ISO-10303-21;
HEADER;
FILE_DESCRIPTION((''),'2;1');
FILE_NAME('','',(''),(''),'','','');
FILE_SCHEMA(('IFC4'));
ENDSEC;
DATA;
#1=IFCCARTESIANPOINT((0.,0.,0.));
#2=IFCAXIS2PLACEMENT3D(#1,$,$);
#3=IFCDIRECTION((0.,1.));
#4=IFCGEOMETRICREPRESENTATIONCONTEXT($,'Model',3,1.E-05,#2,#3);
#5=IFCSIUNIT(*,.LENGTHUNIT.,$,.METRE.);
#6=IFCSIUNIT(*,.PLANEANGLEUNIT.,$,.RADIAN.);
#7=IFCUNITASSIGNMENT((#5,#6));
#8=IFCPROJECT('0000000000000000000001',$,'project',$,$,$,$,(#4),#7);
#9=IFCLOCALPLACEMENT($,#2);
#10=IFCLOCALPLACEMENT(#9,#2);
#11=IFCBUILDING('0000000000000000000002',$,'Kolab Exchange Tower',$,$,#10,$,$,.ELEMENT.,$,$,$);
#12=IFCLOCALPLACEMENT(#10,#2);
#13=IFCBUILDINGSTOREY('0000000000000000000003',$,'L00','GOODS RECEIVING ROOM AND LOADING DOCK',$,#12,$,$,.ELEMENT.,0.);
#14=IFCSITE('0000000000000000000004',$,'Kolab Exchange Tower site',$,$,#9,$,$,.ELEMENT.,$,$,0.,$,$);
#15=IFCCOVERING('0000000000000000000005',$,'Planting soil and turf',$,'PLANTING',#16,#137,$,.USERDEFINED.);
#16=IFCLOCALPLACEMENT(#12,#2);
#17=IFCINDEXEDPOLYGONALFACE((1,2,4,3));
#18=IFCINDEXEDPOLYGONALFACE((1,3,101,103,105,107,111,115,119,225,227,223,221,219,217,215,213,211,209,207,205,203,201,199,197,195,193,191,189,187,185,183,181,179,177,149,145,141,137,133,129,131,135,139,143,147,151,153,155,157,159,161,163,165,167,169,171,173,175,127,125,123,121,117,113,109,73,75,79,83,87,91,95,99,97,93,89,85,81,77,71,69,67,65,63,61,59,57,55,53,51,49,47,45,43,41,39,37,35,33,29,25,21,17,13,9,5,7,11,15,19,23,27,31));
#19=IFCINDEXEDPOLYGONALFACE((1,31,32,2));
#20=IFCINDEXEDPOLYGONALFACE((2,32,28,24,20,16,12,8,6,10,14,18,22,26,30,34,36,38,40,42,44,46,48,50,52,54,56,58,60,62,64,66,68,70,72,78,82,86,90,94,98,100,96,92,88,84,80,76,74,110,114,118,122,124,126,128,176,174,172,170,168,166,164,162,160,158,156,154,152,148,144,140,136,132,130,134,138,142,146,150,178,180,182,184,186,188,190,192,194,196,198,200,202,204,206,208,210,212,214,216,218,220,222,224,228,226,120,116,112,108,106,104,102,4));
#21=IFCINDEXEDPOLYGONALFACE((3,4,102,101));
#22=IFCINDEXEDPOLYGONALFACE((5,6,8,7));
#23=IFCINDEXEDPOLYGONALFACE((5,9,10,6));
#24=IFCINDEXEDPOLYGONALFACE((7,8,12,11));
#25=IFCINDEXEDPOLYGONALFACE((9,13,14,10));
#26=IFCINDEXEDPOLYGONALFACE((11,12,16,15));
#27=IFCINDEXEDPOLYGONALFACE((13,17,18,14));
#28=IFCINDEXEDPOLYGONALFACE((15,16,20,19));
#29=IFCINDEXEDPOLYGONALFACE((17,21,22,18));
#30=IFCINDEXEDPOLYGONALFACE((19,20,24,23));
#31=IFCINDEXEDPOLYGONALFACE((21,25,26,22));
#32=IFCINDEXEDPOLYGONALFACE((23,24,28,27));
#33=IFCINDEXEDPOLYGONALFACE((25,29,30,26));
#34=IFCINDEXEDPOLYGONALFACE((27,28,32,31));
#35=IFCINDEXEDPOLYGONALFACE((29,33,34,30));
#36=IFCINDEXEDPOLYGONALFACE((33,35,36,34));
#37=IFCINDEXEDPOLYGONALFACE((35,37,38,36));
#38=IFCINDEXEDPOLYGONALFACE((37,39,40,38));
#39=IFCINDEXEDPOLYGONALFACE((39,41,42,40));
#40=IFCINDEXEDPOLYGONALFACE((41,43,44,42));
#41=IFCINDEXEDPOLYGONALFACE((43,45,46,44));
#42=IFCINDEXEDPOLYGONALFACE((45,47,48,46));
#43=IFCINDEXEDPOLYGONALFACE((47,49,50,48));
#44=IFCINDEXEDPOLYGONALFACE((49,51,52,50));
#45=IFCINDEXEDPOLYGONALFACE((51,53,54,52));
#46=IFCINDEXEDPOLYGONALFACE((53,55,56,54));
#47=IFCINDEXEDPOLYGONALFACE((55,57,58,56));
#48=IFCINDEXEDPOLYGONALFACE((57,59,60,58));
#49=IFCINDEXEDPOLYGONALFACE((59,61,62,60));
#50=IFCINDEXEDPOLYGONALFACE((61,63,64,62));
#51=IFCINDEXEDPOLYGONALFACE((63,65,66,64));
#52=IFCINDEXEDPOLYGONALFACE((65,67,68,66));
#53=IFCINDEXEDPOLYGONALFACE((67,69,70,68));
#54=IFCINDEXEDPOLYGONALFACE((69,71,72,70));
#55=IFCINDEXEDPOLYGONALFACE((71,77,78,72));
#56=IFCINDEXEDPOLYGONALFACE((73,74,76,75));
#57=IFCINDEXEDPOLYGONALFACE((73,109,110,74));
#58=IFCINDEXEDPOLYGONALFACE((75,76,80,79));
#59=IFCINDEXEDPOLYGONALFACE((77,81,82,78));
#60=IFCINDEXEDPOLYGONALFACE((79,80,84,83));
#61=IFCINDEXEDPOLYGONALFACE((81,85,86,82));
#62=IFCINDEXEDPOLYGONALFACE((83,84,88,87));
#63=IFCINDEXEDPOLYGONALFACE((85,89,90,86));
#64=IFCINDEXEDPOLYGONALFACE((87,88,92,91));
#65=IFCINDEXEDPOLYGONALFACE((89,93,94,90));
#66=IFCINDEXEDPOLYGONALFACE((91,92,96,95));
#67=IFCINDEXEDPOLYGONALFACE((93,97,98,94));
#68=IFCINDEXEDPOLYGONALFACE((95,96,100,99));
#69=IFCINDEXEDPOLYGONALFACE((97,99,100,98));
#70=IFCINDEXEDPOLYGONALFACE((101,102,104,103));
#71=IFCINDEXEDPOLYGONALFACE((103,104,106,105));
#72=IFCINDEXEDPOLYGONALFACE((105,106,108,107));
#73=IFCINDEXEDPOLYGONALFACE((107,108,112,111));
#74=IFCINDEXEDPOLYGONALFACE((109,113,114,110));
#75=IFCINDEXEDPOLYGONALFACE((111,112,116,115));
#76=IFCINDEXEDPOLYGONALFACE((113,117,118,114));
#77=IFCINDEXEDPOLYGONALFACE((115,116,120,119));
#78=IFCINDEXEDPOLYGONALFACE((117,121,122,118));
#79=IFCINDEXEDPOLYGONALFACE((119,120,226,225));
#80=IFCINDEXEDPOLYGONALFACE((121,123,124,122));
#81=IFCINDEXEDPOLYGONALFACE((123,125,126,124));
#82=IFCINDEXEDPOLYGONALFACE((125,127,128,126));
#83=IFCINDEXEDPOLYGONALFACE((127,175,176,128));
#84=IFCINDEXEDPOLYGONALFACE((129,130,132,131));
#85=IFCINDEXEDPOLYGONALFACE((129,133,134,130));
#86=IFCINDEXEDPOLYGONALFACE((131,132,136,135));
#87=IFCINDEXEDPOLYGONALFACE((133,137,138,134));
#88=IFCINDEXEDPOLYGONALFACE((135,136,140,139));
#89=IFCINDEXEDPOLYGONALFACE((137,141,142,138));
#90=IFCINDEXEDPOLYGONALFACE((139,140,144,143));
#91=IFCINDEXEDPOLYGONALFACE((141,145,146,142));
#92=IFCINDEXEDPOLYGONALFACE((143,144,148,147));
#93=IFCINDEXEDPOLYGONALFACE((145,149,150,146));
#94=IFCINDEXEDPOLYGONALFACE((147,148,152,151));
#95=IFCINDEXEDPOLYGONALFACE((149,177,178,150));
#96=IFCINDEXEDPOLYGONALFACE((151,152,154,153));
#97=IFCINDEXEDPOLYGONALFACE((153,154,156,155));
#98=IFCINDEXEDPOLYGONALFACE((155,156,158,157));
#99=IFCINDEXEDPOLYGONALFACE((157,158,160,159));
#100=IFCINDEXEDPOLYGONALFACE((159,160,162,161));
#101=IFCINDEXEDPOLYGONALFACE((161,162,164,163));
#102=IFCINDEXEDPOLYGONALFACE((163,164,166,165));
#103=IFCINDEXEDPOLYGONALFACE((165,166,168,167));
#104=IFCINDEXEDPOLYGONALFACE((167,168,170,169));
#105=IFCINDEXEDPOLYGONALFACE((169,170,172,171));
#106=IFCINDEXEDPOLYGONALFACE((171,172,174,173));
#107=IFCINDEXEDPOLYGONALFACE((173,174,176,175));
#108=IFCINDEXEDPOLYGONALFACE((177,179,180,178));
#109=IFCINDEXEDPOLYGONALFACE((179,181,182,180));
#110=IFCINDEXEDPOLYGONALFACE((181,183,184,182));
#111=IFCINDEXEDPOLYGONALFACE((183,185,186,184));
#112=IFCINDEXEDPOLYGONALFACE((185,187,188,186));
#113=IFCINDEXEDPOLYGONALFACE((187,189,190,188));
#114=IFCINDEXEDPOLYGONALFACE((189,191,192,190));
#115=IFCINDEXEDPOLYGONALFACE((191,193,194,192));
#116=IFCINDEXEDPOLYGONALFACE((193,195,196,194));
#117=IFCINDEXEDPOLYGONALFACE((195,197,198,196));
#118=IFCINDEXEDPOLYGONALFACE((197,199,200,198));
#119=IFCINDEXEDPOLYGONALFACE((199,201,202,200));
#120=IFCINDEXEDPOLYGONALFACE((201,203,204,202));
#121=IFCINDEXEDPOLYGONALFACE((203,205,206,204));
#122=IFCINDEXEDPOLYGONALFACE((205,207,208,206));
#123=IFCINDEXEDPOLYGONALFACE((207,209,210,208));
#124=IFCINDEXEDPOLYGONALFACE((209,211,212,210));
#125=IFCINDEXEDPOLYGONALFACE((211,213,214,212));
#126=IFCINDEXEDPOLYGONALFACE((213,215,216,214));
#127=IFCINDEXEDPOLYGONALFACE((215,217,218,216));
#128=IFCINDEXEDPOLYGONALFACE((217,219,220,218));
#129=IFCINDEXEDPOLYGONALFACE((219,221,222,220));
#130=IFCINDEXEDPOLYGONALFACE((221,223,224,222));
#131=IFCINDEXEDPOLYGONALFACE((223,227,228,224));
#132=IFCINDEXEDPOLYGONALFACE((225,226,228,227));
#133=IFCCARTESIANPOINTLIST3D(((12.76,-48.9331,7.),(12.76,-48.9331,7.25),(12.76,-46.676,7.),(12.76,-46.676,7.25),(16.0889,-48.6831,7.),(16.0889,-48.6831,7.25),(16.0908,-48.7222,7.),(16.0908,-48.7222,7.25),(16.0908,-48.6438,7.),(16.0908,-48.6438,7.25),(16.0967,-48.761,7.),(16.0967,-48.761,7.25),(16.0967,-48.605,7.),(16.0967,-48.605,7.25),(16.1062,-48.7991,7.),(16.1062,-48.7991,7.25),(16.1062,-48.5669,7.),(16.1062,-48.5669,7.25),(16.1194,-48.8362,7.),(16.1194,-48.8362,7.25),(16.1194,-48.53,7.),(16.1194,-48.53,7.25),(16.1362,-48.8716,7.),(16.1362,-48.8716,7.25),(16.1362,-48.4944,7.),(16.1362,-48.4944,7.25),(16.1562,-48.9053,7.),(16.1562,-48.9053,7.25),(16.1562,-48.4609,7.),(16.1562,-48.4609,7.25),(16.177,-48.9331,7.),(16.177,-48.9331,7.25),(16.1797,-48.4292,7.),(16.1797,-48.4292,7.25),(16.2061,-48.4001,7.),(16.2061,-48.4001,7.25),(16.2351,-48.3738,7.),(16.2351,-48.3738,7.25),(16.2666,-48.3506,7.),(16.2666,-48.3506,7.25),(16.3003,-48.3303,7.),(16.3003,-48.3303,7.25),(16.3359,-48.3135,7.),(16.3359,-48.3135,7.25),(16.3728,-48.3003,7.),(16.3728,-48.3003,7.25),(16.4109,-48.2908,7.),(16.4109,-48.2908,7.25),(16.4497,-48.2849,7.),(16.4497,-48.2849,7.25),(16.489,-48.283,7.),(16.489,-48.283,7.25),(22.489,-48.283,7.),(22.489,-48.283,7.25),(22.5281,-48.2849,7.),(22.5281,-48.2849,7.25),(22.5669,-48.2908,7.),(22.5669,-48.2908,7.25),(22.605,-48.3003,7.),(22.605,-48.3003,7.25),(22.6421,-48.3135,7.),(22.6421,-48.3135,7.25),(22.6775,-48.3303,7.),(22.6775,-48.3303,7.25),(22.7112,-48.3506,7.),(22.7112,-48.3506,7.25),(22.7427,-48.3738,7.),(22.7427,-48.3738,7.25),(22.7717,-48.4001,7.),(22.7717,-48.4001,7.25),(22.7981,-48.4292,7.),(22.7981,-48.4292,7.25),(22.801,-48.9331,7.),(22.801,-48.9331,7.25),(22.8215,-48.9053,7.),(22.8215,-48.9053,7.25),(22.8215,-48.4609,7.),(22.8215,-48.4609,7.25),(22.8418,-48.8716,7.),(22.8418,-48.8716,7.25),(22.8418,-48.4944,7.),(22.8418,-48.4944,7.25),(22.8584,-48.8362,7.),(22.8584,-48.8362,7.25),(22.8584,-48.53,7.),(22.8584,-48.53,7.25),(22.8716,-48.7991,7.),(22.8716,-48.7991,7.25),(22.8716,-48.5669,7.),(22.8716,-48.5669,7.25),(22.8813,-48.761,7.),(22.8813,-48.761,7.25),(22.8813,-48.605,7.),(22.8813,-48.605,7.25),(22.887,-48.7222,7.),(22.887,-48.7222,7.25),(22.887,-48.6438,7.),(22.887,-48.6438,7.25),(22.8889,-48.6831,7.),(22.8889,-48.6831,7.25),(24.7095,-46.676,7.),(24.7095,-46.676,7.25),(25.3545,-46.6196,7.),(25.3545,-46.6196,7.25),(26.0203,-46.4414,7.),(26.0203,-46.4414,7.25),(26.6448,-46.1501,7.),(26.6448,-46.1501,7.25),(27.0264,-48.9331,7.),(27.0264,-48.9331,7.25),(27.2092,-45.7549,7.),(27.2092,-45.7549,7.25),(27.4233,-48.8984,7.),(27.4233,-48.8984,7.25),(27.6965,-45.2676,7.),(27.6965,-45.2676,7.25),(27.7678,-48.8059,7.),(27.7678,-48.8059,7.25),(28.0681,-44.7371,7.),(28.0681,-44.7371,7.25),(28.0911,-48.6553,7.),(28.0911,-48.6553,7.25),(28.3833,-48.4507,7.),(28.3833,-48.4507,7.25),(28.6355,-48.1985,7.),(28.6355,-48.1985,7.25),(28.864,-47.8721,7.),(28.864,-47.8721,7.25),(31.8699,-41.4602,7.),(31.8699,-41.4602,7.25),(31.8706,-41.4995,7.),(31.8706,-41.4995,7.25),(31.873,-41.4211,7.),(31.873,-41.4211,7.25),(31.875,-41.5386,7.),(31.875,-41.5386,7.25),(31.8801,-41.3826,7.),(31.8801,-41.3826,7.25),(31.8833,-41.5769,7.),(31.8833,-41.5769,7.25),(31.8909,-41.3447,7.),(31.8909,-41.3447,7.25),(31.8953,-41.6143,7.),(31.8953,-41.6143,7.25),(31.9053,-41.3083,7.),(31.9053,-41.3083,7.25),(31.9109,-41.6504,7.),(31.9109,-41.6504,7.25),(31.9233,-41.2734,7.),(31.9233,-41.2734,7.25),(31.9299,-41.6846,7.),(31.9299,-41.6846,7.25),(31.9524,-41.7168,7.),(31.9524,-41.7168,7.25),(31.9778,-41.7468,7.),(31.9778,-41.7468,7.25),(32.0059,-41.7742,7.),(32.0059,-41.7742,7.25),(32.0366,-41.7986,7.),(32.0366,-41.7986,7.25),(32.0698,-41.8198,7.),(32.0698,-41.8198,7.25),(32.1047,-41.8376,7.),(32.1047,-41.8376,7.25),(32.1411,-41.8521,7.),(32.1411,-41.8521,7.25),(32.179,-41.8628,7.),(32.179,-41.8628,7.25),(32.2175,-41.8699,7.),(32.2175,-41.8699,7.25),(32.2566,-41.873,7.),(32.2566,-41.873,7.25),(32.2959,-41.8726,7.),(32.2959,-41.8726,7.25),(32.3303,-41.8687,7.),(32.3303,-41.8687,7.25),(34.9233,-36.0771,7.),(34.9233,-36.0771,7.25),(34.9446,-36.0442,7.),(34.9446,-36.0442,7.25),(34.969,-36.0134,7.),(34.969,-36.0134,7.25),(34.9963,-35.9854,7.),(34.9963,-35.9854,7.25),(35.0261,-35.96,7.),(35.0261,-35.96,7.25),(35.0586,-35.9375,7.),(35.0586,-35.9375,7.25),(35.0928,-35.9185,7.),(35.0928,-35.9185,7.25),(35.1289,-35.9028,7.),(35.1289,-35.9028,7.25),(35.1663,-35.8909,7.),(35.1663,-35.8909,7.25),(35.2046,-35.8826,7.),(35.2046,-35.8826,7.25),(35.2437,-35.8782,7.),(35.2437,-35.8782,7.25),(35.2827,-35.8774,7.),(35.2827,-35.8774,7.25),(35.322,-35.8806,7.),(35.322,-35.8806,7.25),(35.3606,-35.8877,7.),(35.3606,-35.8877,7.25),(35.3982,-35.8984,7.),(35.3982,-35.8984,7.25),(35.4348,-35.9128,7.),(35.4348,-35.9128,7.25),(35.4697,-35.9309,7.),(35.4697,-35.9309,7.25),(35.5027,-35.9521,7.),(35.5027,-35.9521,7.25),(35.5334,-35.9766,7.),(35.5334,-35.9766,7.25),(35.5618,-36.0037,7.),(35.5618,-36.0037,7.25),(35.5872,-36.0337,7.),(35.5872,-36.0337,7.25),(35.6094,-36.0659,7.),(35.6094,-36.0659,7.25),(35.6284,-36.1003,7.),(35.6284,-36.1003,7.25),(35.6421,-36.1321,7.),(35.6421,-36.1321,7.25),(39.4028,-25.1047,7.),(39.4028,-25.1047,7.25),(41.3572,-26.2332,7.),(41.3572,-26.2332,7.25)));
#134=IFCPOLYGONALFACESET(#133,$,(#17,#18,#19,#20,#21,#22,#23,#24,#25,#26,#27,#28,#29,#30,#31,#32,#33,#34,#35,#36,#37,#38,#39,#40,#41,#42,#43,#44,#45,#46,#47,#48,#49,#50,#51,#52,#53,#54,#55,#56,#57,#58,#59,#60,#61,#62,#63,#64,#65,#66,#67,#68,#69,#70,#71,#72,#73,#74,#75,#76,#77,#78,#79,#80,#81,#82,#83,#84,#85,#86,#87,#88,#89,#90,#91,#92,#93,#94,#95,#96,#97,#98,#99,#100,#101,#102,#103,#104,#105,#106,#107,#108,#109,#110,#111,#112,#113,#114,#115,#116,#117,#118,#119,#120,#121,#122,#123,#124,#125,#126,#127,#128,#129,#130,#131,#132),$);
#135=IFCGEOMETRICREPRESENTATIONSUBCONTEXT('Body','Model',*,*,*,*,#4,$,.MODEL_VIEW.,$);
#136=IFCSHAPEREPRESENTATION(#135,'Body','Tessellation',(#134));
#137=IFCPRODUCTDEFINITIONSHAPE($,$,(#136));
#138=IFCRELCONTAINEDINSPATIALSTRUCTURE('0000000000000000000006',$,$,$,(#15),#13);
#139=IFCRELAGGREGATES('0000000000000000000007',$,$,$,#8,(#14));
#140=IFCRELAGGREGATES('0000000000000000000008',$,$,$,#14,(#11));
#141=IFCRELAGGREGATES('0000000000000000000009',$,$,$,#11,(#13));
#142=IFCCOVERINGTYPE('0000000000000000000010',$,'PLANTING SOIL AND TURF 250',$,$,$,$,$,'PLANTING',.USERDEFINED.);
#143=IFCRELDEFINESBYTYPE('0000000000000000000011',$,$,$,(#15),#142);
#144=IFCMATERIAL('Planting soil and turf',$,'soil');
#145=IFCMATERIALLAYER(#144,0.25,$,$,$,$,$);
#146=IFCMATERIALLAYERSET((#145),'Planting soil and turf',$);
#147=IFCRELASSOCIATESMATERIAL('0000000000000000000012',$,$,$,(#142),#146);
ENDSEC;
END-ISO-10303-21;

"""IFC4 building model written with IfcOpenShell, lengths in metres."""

from ifc_helpers import new_model, si_unit, direction, frame, origin, place, context, subcontext, project, spatial, polyline, outline, extrude, material, layer, layer_set, type_object, element, save


model = new_model("IFC4")

# Units and contexts
model_context = context("Model", 3, precision=1e-05, world=origin(), true_north=direction((0.0, 1.0)))
body_context = subcontext(model_context, "Body", "Model", "MODEL_VIEW")
ifc_project = project(units=[si_unit("LENGTHUNIT", "METRE"), si_unit("PLANEANGLEUNIT", "RADIAN")], contexts=[model_context])

# Site, building, storey
site_placement = place(None, origin())
site = spatial("IfcSite", under=ifc_project, at=site_placement, Name="Kolab Exchange Tower site", CompositionType="ELEMENT", RefElevation=0.0)
building_placement = place(site_placement, origin())
building = spatial("IfcBuilding", under=site, at=building_placement, Name="Kolab Exchange Tower", CompositionType="ELEMENT")
storey_placement = place(building_placement, origin())
storey = spatial("IfcBuildingStorey", under=building, at=storey_placement, Name="L00", Description="GOODS RECEIVING ROOM AND LOADING DOCK", CompositionType="ELEMENT", Elevation=0.0)

# Covering
ifc_material_1 = material(Name="Planting soil and turf", Category="soil")
ifc_layer_1 = layer(ifc_material_1, 0.25)
ifc_layer_set_1 = layer_set([ifc_layer_1], Name="Planting soil and turf")
covering_type_1 = type_object("IfcCoveringType", Name="PLANTING SOIL AND TURF 250", ElementType="PLANTING", PredefinedType="USERDEFINED", material=ifc_layer_set_1)
covering_1_placement = place(storey_placement, frame((0.0, 0.0, 7.0)))
element("IfcCovering", 1, at=covering_1_placement, inside=storey, type_object=covering_type_1, Name="Planting soil and turf", ObjectType="PLANTING", PredefinedType="USERDEFINED", context=body_context, shape_type="SweptSolid", body=[
    extrude(outline(polyline([(24.7095, -46.676), (25.3545, -46.6196), (26.0203, -46.4414), (26.6448, -46.1501), (27.2092, -45.7549), (27.6965, -45.2676), (28.0681, -44.7371), (39.4028, -25.1047), (41.3572, -26.2332), (35.6421, -36.1321), (35.6284, -36.1003), (35.6094, -36.0659), (35.5872, -36.0337), (35.5618, -36.0037), (35.5334, -35.9766), (35.5027, -35.9521), (35.4697, -35.9309), (35.4348, -35.9128), (35.3982, -35.8984), (35.3606, -35.8877), (35.322, -35.8806), (35.2827, -35.8774), (35.2437, -35.8782), (35.2046, -35.8826), (35.1663, -35.8909), (35.1289, -35.9028), (35.0928, -35.9185), (35.0586, -35.9375), (35.0261, -35.96), (34.9963, -35.9854), (34.969, -36.0134), (34.9446, -36.0442), (34.9233, -36.0771), (31.9233, -41.2734), (31.9053, -41.3083), (31.8909, -41.3447), (31.8801, -41.3826), (31.873, -41.4211), (31.8699, -41.4602), (31.8706, -41.4995), (31.875, -41.5386), (31.8833, -41.5769), (31.8953, -41.6143), (31.9109, -41.6504), (31.9299, -41.6846), (31.9524, -41.7168), (31.9778, -41.7468), (32.0059, -41.7742), (32.0366, -41.7986), (32.0698, -41.8198), (32.1047, -41.8376), (32.1411, -41.8521), (32.179, -41.8628), (32.2175, -41.8699), (32.2566, -41.873), (32.2959, -41.8726), (32.3303, -41.8687), (28.864, -47.8721), (28.6355, -48.1985), (28.3833, -48.4507), (28.0911, -48.6553), (27.7678, -48.8059), (27.4233, -48.8984), (27.0264, -48.9331), (22.801, -48.9331), (22.8215, -48.9053), (22.8418, -48.8716), (22.8584, -48.8362), (22.8716, -48.7991), (22.8813, -48.761), (22.887, -48.7222), (22.8889, -48.6831), (22.887, -48.6438), (22.8813, -48.605), (22.8716, -48.5669), (22.8584, -48.53), (22.8418, -48.4944), (22.8215, -48.4609), (22.7981, -48.4292), (22.7717, -48.4001), (22.7427, -48.3738), (22.7112, -48.3506), (22.6775, -48.3303), (22.6421, -48.3135), (22.605, -48.3003), (22.5669, -48.2908), (22.5281, -48.2849), (22.489, -48.283), (16.489, -48.283), (16.4497, -48.2849), (16.4109, -48.2908), (16.3728, -48.3003), (16.3359, -48.3135), (16.3003, -48.3303), (16.2666, -48.3506), (16.2351, -48.3738), (16.2061, -48.4001), (16.1797, -48.4292), (16.1562, -48.4609), (16.1362, -48.4944), (16.1194, -48.53), (16.1062, -48.5669), (16.0967, -48.605), (16.0908, -48.6438), (16.0889, -48.6831), (16.0908, -48.7222), (16.0967, -48.761), (16.1062, -48.7991), (16.1194, -48.8362), (16.1362, -48.8716), (16.1562, -48.9053), (16.177, -48.9331), (12.76, -48.9331), (12.76, -46.676), (24.7095, -46.676)])), origin(), (0.0, 0.0, 1.0), 0.25),
])

save(model, "model.ifc")
